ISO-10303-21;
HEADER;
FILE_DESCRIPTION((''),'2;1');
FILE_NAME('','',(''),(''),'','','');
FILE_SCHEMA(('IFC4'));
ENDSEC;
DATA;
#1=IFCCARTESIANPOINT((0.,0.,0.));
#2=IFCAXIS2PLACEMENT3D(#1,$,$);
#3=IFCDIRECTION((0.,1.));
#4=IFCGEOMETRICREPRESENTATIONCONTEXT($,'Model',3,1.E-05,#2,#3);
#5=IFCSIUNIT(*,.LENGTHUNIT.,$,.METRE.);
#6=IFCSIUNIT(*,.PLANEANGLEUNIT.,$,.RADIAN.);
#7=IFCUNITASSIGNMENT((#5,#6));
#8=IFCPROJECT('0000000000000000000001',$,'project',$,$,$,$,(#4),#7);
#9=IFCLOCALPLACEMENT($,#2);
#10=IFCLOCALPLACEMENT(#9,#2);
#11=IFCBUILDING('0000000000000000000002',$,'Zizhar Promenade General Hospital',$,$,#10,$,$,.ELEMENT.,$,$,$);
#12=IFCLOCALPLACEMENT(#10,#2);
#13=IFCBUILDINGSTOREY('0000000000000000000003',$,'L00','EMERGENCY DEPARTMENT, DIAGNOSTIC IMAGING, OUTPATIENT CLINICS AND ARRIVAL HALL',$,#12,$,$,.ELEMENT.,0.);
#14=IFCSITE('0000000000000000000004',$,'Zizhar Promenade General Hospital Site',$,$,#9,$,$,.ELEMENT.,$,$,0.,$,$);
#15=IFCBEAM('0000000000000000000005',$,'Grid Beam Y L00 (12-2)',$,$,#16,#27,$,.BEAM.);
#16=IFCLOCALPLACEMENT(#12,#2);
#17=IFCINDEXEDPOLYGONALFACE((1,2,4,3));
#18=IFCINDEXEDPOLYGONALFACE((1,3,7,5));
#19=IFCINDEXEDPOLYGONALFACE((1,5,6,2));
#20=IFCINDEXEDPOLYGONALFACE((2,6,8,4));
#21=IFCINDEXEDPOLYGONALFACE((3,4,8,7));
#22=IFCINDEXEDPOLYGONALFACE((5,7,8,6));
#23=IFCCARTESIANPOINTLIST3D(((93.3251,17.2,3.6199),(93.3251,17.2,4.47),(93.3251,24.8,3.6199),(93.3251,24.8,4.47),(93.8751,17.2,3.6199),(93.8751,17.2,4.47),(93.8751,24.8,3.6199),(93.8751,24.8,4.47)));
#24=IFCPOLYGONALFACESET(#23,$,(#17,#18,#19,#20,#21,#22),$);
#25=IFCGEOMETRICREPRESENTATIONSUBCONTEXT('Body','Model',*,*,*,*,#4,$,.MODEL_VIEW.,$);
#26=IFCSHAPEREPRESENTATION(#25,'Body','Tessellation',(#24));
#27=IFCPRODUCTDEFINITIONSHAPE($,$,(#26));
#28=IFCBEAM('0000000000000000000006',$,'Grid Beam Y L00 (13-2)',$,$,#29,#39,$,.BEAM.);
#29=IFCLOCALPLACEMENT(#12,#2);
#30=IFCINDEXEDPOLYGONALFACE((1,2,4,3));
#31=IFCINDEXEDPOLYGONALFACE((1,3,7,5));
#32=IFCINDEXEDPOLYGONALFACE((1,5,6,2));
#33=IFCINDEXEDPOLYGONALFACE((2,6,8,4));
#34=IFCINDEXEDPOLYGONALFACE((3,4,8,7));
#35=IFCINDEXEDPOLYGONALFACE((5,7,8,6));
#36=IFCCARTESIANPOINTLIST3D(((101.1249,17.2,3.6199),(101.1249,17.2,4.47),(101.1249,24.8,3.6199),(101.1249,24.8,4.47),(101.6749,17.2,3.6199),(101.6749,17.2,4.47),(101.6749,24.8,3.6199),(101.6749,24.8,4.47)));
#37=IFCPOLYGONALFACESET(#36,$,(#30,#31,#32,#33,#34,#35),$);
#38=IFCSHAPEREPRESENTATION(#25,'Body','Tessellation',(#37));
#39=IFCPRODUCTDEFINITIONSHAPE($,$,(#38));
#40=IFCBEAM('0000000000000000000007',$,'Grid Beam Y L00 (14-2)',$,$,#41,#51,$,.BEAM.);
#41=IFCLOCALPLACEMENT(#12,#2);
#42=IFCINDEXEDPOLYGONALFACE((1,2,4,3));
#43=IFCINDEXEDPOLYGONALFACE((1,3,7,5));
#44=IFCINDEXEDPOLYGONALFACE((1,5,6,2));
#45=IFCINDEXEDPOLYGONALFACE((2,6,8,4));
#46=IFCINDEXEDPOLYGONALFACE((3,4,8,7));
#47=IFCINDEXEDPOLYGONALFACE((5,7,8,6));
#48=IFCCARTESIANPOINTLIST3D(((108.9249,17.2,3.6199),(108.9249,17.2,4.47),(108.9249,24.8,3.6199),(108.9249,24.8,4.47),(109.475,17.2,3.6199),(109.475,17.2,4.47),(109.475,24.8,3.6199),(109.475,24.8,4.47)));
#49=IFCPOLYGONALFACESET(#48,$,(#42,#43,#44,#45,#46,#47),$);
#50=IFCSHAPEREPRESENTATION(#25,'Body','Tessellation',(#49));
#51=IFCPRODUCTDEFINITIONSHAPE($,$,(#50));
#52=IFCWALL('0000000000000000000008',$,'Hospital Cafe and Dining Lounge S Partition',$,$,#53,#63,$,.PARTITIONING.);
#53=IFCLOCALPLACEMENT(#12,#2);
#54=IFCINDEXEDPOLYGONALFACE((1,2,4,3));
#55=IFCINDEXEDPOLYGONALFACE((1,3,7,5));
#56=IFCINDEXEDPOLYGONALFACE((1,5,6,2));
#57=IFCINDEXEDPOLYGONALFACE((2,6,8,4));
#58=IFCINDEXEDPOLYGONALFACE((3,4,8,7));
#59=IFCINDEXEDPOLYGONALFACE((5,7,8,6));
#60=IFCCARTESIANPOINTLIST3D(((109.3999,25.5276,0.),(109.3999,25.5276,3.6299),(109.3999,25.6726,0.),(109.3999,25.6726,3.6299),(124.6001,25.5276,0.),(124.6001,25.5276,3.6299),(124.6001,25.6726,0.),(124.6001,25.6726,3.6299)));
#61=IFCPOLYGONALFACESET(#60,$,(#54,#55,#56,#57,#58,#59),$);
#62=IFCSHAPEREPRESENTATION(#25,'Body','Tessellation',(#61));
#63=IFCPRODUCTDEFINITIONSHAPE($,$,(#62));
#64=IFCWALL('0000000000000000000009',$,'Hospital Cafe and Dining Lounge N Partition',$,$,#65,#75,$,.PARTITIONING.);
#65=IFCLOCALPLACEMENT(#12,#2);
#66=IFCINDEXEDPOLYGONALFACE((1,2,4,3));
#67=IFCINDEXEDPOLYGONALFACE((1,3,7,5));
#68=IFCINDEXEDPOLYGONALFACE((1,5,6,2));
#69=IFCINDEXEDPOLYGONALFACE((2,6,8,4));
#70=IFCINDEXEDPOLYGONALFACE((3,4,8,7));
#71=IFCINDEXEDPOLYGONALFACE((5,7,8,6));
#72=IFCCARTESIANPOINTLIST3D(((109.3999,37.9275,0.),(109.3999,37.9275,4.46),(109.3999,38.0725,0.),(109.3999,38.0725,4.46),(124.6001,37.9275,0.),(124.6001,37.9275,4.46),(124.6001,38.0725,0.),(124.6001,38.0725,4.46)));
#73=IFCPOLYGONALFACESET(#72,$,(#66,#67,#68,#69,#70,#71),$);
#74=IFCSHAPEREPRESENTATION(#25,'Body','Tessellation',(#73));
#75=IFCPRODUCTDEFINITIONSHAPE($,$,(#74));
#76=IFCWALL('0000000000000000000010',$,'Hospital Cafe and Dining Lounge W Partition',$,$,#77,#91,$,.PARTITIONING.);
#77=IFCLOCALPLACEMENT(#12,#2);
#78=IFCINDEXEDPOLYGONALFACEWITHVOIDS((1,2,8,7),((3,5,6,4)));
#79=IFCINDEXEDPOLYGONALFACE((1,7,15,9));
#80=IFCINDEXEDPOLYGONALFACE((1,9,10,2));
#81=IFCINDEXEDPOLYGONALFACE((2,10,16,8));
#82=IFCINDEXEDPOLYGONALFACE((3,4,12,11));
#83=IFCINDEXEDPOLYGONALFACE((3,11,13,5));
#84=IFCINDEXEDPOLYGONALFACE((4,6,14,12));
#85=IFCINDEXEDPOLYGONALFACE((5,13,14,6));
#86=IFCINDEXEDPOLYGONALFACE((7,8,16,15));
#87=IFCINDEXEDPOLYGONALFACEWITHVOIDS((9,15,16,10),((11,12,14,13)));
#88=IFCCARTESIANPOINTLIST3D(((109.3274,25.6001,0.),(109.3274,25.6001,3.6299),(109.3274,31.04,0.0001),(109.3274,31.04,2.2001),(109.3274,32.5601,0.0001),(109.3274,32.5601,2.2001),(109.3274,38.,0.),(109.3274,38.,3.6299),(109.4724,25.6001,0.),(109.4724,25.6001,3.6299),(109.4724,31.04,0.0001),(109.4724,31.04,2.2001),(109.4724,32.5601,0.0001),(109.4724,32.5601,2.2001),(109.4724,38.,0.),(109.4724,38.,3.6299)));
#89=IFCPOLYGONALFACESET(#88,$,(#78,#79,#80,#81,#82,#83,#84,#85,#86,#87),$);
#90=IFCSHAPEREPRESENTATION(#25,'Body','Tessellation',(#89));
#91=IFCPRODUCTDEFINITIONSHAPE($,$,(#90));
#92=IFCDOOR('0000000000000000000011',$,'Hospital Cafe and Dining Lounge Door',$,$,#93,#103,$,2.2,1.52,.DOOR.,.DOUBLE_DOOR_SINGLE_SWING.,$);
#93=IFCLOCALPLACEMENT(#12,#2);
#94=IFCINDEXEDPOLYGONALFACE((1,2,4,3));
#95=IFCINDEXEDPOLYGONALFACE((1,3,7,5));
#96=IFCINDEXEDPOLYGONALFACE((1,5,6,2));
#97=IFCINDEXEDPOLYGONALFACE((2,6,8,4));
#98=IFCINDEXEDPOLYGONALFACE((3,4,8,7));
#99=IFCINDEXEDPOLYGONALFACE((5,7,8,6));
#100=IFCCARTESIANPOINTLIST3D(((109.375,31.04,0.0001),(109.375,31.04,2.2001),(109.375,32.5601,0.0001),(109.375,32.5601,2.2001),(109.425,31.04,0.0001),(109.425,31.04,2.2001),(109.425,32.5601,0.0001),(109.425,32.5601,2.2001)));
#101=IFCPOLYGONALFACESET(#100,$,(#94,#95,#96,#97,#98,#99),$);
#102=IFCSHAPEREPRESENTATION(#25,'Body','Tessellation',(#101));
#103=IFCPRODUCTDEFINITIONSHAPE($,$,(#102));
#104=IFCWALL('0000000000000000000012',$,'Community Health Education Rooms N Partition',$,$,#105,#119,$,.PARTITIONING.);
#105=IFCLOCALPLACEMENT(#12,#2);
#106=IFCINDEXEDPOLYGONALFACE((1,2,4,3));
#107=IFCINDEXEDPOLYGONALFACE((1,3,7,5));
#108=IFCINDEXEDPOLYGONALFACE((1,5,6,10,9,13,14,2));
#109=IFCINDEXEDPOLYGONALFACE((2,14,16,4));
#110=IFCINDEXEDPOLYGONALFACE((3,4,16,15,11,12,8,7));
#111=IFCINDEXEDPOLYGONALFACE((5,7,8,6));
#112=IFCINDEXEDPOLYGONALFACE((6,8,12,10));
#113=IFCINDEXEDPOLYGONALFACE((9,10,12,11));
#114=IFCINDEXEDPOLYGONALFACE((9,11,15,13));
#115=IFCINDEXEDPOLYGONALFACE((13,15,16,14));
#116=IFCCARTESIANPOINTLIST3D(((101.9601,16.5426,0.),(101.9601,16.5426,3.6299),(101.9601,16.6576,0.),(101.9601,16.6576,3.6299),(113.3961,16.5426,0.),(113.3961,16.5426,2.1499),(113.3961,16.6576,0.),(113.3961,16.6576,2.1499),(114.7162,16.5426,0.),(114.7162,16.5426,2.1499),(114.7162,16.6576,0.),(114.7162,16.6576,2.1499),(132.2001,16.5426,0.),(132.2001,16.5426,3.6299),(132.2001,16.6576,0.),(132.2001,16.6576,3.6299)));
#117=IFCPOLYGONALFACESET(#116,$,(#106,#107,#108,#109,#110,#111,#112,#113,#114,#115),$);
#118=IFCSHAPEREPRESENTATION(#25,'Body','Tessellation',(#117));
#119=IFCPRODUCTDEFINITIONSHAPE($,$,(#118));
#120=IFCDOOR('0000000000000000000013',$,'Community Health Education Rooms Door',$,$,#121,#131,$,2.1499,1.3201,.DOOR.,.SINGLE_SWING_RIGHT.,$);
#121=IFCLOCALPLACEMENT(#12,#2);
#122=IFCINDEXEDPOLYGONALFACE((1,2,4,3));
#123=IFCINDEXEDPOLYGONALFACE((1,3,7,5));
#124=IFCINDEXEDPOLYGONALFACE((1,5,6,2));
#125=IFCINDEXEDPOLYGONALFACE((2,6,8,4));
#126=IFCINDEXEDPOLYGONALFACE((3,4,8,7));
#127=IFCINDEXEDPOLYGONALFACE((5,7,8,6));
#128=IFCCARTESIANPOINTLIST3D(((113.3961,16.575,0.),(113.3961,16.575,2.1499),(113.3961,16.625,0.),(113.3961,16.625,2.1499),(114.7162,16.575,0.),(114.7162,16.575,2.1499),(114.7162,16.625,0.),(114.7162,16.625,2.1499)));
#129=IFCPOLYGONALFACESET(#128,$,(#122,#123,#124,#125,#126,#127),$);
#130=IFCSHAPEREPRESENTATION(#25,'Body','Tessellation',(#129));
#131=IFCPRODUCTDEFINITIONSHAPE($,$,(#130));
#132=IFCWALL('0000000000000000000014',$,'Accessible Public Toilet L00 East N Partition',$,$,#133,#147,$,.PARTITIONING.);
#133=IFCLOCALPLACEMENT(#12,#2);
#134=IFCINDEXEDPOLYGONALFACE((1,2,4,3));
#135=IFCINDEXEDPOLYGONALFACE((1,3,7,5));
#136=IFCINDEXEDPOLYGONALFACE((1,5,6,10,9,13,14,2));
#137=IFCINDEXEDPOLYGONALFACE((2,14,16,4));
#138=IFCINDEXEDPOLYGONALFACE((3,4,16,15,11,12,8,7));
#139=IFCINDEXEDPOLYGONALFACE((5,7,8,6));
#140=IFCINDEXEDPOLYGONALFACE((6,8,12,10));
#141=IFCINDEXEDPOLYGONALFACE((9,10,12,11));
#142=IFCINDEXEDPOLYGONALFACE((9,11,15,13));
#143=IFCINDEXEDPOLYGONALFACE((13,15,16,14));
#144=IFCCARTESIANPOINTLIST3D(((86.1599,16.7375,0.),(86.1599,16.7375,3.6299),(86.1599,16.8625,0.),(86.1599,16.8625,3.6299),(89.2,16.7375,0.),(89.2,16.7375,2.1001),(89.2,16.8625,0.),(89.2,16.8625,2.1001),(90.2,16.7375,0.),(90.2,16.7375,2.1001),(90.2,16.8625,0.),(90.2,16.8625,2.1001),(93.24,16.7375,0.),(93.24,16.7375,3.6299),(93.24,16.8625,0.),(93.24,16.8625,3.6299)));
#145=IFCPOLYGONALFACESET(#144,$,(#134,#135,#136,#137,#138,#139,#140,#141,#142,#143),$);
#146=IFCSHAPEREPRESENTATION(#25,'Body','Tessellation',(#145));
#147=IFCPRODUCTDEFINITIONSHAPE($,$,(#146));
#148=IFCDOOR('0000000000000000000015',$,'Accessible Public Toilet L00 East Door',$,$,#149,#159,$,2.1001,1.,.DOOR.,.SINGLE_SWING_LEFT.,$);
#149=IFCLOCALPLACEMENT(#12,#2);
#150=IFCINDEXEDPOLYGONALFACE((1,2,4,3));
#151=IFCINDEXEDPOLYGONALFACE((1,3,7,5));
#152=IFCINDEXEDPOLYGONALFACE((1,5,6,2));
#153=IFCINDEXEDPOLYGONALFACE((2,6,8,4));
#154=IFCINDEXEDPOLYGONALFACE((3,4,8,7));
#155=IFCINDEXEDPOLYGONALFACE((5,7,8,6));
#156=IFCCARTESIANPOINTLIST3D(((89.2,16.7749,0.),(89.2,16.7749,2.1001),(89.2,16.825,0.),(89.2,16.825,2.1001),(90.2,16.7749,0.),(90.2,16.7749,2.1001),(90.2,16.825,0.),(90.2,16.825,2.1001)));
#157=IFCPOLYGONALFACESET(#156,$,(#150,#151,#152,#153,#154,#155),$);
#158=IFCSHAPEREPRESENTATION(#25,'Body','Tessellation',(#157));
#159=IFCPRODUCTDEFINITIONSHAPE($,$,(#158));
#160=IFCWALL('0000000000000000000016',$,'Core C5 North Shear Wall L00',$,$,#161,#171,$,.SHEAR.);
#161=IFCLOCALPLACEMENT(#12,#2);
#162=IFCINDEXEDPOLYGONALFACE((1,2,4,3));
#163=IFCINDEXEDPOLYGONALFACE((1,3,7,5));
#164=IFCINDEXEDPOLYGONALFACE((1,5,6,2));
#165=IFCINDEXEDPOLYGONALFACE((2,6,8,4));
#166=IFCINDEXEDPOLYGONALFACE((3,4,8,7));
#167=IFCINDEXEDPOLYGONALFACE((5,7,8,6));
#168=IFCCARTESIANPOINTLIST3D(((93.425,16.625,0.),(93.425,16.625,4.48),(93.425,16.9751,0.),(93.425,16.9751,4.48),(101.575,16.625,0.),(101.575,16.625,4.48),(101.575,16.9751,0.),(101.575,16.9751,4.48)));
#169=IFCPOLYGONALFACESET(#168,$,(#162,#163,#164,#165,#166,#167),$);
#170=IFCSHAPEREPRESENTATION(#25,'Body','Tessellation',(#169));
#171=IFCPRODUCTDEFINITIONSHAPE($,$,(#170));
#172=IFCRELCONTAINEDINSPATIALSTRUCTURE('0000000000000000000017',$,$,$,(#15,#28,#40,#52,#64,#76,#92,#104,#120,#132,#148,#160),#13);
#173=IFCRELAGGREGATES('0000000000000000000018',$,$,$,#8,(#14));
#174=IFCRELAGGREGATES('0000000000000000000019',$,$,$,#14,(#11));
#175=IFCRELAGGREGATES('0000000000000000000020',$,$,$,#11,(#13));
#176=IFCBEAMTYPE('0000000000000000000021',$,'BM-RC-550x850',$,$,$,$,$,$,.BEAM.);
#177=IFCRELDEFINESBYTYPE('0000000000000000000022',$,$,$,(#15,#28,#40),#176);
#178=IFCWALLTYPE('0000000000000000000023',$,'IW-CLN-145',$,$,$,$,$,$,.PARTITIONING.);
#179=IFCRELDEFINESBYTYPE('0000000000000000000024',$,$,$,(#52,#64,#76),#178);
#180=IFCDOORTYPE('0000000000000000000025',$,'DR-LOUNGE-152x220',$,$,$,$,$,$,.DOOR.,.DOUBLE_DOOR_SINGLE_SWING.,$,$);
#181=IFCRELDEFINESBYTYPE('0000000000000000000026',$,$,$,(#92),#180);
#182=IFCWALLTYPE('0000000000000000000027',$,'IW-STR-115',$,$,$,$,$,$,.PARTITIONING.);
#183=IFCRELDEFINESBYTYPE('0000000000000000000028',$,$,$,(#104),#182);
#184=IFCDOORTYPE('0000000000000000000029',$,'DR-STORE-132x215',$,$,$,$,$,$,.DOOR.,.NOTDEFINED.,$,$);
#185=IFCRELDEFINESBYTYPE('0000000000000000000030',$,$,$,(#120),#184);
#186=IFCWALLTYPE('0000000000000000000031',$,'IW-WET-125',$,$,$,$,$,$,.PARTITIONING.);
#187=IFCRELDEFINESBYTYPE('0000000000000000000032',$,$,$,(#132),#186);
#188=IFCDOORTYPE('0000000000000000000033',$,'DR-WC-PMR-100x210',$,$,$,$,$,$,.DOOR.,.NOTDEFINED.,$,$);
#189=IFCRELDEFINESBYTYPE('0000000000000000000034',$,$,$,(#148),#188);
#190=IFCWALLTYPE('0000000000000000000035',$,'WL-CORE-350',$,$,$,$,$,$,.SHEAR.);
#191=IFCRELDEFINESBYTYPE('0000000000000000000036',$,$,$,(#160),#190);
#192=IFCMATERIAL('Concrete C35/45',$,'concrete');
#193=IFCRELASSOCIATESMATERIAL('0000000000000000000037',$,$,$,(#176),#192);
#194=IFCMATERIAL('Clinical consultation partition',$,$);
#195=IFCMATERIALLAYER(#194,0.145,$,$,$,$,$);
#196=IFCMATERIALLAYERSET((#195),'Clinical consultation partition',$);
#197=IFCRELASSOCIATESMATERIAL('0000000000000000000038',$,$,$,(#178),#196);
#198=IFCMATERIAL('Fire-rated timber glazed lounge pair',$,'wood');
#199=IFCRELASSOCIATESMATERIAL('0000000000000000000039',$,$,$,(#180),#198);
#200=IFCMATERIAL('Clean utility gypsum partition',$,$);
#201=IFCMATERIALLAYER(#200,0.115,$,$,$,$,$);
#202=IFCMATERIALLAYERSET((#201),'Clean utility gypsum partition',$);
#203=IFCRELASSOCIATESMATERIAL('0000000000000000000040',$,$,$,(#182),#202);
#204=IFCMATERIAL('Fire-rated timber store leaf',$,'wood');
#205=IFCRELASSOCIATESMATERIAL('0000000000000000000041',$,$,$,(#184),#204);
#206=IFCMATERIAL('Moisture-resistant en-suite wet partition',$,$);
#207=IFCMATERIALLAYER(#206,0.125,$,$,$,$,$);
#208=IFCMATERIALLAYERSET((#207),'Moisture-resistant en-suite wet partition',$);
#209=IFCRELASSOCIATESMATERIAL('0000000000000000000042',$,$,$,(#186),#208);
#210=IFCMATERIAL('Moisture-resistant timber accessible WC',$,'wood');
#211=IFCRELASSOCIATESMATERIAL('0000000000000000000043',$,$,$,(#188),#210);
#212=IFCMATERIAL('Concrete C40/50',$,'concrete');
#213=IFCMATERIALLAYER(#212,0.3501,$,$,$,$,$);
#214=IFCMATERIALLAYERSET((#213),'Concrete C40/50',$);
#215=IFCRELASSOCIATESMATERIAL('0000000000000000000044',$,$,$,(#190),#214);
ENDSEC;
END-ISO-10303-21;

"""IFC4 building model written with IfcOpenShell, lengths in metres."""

from ifc_helpers import new_model, si_unit, direction, frame, frame_2d, origin, origin_2d, place, context, subcontext, project, spatial, rectangle, extrude, material, layer, layer_set, material_profile, profile_set, type_object, element, fill, save


model = new_model("IFC4")

# Units and contexts
model_context = context("Model", 3, precision=1e-05, world=origin(), true_north=direction((0.0, 1.0)))
body_context = subcontext(model_context, "Body", "Model", "MODEL_VIEW")
ifc_project = project(units=[si_unit("LENGTHUNIT", "METRE"), si_unit("PLANEANGLEUNIT", "RADIAN")], contexts=[model_context])

# Site, building, storey
site_placement = place(None, origin())
site = spatial("IfcSite", under=ifc_project, at=site_placement, Name="Zizhar Promenade General Hospital Site", CompositionType="ELEMENT", RefElevation=0.0)
building_placement = place(site_placement, origin())
building = spatial("IfcBuilding", under=site, at=building_placement, Name="Zizhar Promenade General Hospital", CompositionType="ELEMENT")
storey_placement = place(building_placement, origin())
storey = spatial("IfcBuildingStorey", under=building, at=storey_placement, Name="L00", Description="EMERGENCY DEPARTMENT, DIAGNOSTIC IMAGING, OUTPATIENT CLINICS AND ARRIVAL HALL", CompositionType="ELEMENT", Elevation=0.0)

# Beams
ifc_material_1 = material(Name="Concrete C35/45", Category="concrete")
ifc_material_profile_1 = material_profile(ifc_material_1, rectangle(XDim=0.55, YDim=0.8501, at=origin_2d()))
ifc_profile_set_1 = profile_set([ifc_material_profile_1], Name="Concrete C35/45")
beam_type_1 = type_object("IfcBeamType", Name="BM-RC-550x850", PredefinedType="BEAM", material=ifc_profile_set_1)
for number, where, z_axis, x_axis, name in (
    (1, (93.6001, 17.2, 4.0449), (0.0, 1.0, 0.0), (-1.0, 0.0, 0.0), "Grid Beam Y L00 (12-2)"),
    (2, (101.3999, 17.2, 4.0449), (0.0, 1.0, 0.0), (-1.0, 0.0, 0.0), "Grid Beam Y L00 (13-2)"),
    (3, (109.2, 17.2, 4.0449), (0.0, 1.0, 0.0), (-1.0, 0.0, 0.0), "Grid Beam Y L00 (14-2)"),
):
    element("IfcBeam", number, at=place(storey_placement, frame(where, z_axis=z_axis, x_axis=x_axis)), inside=storey, type_object=beam_type_1, Name=name, PredefinedType="BEAM", context=body_context, shape_type="SweptSolid", body=[
        extrude(rectangle(XDim=0.55, YDim=0.8501, at=origin_2d()), origin(), (0.0, 0.0, 1.0), 7.6001),
    ])

# Walls
ifc_material_2 = material(Name="Clinical consultation partition")
ifc_layer_1 = layer(ifc_material_2, 0.145)
ifc_layer_set_1 = layer_set([ifc_layer_1], Name="Clinical consultation partition")
wall_type_1 = type_object("IfcWallType", Name="IW-CLN-145", PredefinedType="PARTITIONING", material=ifc_layer_set_1)
wall_1_placement = place(storey_placement, frame((109.3999, 25.6001, 0.0), z_axis=(0.0, 0.0, 1.0), x_axis=(1.0, 0.0, 0.0)))
element("IfcWall", 4, at=wall_1_placement, inside=storey, type_object=wall_type_1, Name="Hospital Cafe and Dining Lounge S Partition", PredefinedType="PARTITIONING", context=body_context, shape_type="SweptSolid", body=[
    extrude(rectangle(XDim=15.2002, YDim=0.145, at=frame_2d((7.6001, 0.0))), origin(), (0.0, 0.0, 1.0), 3.6299),
])
wall_2_placement = place(storey_placement, frame((109.3999, 38.0, 0.0), z_axis=(0.0, 0.0, 1.0), x_axis=(1.0, 0.0, 0.0)))
element("IfcWall", 5, at=wall_2_placement, inside=storey, type_object=wall_type_1, Name="Hospital Cafe and Dining Lounge N Partition", PredefinedType="PARTITIONING", context=body_context, shape_type="SweptSolid", body=[
    extrude(rectangle(XDim=15.2002, YDim=0.145, at=frame_2d((7.6001, 0.0))), origin(), (0.0, 0.0, 1.0), 4.46),
])

# Walls, openings, doors
wall_3_placement = place(storey_placement, frame((109.3999, 25.6001, 0.0), z_axis=(0.0, 0.0, 1.0), x_axis=(0.0, 1.0, 0.0)))
wall_3 = element("IfcWall", 6, at=wall_3_placement, inside=storey, type_object=wall_type_1, Name="Hospital Cafe and Dining Lounge W Partition", PredefinedType="PARTITIONING", context=body_context, shape_type="SweptSolid", body=[
    extrude(rectangle(XDim=12.3999, YDim=0.145, at=frame_2d((6.2, 0.0))), origin(), (0.0, 0.0, 1.0), 3.6299),
])
opening_1_placement = place(wall_3_placement, frame((5.4399, 0.0, 0.0)))
opening_1 = element("IfcOpeningElement", 7, at=opening_1_placement, cuts=wall_3, PredefinedType="OPENING", context=body_context, shape_type="SweptSolid", body=[
    extrude(rectangle(XDim=1.52, YDim=2.2, at=frame_2d((0.76, 1.1001))), frame((0.0, 0.0825, 0.0), z_axis=(0.0, -1.0, 0.0), x_axis=(1.0, 0.0, 0.0)), (0.0, 0.0, 1.0), 0.165),
])
ifc_material_3 = material(Name="Fire-rated timber glazed lounge pair", Category="wood")
door_type_1 = type_object("IfcDoorType", Name="DR-LOUNGE-152x220", OperationType="DOUBLE_DOOR_SINGLE_SWING", PredefinedType="DOOR", material=ifc_material_3)
door_1_placement = place(opening_1_placement, origin())
door_1 = element("IfcDoor", 8, at=door_1_placement, inside=storey, type_object=door_type_1, Name="Hospital Cafe and Dining Lounge Door", OperationType="DOUBLE_DOOR_SINGLE_SWING", OverallHeight=2.2, OverallWidth=1.52, PredefinedType="DOOR", context=body_context, shape_type="SweptSolid", body=[
    extrude(rectangle(XDim=1.52, YDim=2.2, at=frame_2d((0.76, 1.1001))), frame((0.0, 0.0249, 0.0), z_axis=(0.0, -1.0, 0.0), x_axis=(1.0, 0.0, 0.0)), (0.0, 0.0, 1.0), 0.05),
])
fill(opening_1, door_1)
ifc_material_4 = material(Name="Clean utility gypsum partition")
ifc_layer_2 = layer(ifc_material_4, 0.115)
ifc_layer_set_2 = layer_set([ifc_layer_2], Name="Clean utility gypsum partition")
wall_type_2 = type_object("IfcWallType", Name="IW-STR-115", PredefinedType="PARTITIONING", material=ifc_layer_set_2)
wall_4_placement = place(storey_placement, frame((101.96, 16.6001, 0.0), z_axis=(0.0, 0.0, 1.0), x_axis=(1.0, 0.0, 0.0)))
wall_4 = element("IfcWall", 9, at=wall_4_placement, inside=storey, type_object=wall_type_2, Name="Community Health Education Rooms N Partition", PredefinedType="PARTITIONING", context=body_context, shape_type="SweptSolid", body=[
    extrude(rectangle(XDim=30.24, YDim=0.115, at=frame_2d((15.1201, 0.0))), origin(), (0.0, 0.0, 1.0), 3.6299),
])
opening_2_placement = place(wall_4_placement, frame((11.436, 0.0, 0.0)))
opening_2 = element("IfcOpeningElement", 10, at=opening_2_placement, cuts=wall_4, PredefinedType="OPENING", context=body_context, shape_type="SweptSolid", body=[
    extrude(rectangle(XDim=1.3201, YDim=2.1499, at=frame_2d((0.6602, 1.075))), frame((0.0, 0.0674, 0.0), z_axis=(0.0, -1.0, 0.0), x_axis=(1.0, 0.0, 0.0)), (0.0, 0.0, 1.0), 0.135),
])
ifc_material_5 = material(Name="Fire-rated timber store leaf", Category="wood")
door_type_2 = type_object("IfcDoorType", Name="DR-STORE-132x215", OperationType="NOTDEFINED", PredefinedType="DOOR", material=ifc_material_5)
door_2_placement = place(opening_2_placement, origin())
door_2 = element("IfcDoor", 11, at=door_2_placement, inside=storey, type_object=door_type_2, Name="Community Health Education Rooms Door", OperationType="SINGLE_SWING_RIGHT", OverallHeight=2.1499, OverallWidth=1.3201, PredefinedType="DOOR", context=body_context, shape_type="SweptSolid", body=[
    extrude(rectangle(XDim=1.3201, YDim=2.1499, at=frame_2d((0.6602, 1.075))), frame((0.0, 0.0249, 0.0), z_axis=(0.0, -1.0, 0.0), x_axis=(1.0, 0.0, 0.0)), (0.0, 0.0, 1.0), 0.05),
])
fill(opening_2, door_2)
ifc_material_6 = material(Name="Moisture-resistant en-suite wet partition")
ifc_layer_3 = layer(ifc_material_6, 0.125)
ifc_layer_set_3 = layer_set([ifc_layer_3], Name="Moisture-resistant en-suite wet partition")
wall_type_3 = type_object("IfcWallType", Name="IW-WET-125", PredefinedType="PARTITIONING", material=ifc_layer_set_3)
wall_5_placement = place(storey_placement, frame((86.1599, 16.8, 0.0), z_axis=(0.0, 0.0, 1.0), x_axis=(1.0, 0.0, 0.0)))
wall_5 = element("IfcWall", 12, at=wall_5_placement, inside=storey, type_object=wall_type_3, Name="Accessible Public Toilet L00 East N Partition", PredefinedType="PARTITIONING", context=body_context, shape_type="SweptSolid", body=[
    extrude(rectangle(XDim=7.0801, YDim=0.125, at=frame_2d((3.54, 0.0))), origin(), (0.0, 0.0, 1.0), 3.6299),
])
opening_3_placement = place(wall_5_placement, frame((3.04, 0.0, 0.0)))
opening_3 = element("IfcOpeningElement", 13, at=opening_3_placement, cuts=wall_5, PredefinedType="OPENING", context=body_context, shape_type="SweptSolid", body=[
    extrude(rectangle(XDim=1.0, YDim=2.1001, at=frame_2d((0.5, 1.05))), frame((0.0, 0.0725, 0.0), z_axis=(0.0, -1.0, 0.0), x_axis=(1.0, 0.0, 0.0)), (0.0, 0.0, 1.0), 0.145),
])
ifc_material_7 = material(Name="Moisture-resistant timber accessible WC", Category="wood")
door_type_3 = type_object("IfcDoorType", Name="DR-WC-PMR-100x210", OperationType="NOTDEFINED", PredefinedType="DOOR", material=ifc_material_7)
door_3_placement = place(opening_3_placement, origin())
door_3 = element("IfcDoor", 14, at=door_3_placement, inside=storey, type_object=door_type_3, Name="Accessible Public Toilet L00 East Door", OperationType="SINGLE_SWING_LEFT", OverallHeight=2.1001, OverallWidth=1.0, PredefinedType="DOOR", context=body_context, shape_type="SweptSolid", body=[
    extrude(rectangle(XDim=1.0, YDim=2.1001, at=frame_2d((0.5, 1.05))), frame((0.0, 0.0249, 0.0), z_axis=(0.0, -1.0, 0.0), x_axis=(1.0, 0.0, 0.0)), (0.0, 0.0, 1.0), 0.05),
])
fill(opening_3, door_3)

# Wall
ifc_material_8 = material(Name="Concrete C40/50", Category="concrete")
ifc_layer_4 = layer(ifc_material_8, 0.3501)
ifc_layer_set_4 = layer_set([ifc_layer_4], Name="Concrete C40/50")
wall_type_4 = type_object("IfcWallType", Name="WL-CORE-350", PredefinedType="SHEAR", material=ifc_layer_set_4)
wall_6_placement = place(storey_placement, frame((93.425, 16.8, 0.0), z_axis=(0.0, 0.0, 1.0), x_axis=(1.0, 0.0, 0.0)))
element("IfcWall", 15, at=wall_6_placement, inside=storey, type_object=wall_type_4, Name="Core C5 North Shear Wall L00", PredefinedType="SHEAR", context=body_context, shape_type="SweptSolid", body=[
    extrude(rectangle(XDim=8.1499, YDim=0.3501, at=frame_2d((4.075, 0.0))), origin(), (0.0, 0.0, 1.0), 4.48),
])

save(model, "model.ifc")
